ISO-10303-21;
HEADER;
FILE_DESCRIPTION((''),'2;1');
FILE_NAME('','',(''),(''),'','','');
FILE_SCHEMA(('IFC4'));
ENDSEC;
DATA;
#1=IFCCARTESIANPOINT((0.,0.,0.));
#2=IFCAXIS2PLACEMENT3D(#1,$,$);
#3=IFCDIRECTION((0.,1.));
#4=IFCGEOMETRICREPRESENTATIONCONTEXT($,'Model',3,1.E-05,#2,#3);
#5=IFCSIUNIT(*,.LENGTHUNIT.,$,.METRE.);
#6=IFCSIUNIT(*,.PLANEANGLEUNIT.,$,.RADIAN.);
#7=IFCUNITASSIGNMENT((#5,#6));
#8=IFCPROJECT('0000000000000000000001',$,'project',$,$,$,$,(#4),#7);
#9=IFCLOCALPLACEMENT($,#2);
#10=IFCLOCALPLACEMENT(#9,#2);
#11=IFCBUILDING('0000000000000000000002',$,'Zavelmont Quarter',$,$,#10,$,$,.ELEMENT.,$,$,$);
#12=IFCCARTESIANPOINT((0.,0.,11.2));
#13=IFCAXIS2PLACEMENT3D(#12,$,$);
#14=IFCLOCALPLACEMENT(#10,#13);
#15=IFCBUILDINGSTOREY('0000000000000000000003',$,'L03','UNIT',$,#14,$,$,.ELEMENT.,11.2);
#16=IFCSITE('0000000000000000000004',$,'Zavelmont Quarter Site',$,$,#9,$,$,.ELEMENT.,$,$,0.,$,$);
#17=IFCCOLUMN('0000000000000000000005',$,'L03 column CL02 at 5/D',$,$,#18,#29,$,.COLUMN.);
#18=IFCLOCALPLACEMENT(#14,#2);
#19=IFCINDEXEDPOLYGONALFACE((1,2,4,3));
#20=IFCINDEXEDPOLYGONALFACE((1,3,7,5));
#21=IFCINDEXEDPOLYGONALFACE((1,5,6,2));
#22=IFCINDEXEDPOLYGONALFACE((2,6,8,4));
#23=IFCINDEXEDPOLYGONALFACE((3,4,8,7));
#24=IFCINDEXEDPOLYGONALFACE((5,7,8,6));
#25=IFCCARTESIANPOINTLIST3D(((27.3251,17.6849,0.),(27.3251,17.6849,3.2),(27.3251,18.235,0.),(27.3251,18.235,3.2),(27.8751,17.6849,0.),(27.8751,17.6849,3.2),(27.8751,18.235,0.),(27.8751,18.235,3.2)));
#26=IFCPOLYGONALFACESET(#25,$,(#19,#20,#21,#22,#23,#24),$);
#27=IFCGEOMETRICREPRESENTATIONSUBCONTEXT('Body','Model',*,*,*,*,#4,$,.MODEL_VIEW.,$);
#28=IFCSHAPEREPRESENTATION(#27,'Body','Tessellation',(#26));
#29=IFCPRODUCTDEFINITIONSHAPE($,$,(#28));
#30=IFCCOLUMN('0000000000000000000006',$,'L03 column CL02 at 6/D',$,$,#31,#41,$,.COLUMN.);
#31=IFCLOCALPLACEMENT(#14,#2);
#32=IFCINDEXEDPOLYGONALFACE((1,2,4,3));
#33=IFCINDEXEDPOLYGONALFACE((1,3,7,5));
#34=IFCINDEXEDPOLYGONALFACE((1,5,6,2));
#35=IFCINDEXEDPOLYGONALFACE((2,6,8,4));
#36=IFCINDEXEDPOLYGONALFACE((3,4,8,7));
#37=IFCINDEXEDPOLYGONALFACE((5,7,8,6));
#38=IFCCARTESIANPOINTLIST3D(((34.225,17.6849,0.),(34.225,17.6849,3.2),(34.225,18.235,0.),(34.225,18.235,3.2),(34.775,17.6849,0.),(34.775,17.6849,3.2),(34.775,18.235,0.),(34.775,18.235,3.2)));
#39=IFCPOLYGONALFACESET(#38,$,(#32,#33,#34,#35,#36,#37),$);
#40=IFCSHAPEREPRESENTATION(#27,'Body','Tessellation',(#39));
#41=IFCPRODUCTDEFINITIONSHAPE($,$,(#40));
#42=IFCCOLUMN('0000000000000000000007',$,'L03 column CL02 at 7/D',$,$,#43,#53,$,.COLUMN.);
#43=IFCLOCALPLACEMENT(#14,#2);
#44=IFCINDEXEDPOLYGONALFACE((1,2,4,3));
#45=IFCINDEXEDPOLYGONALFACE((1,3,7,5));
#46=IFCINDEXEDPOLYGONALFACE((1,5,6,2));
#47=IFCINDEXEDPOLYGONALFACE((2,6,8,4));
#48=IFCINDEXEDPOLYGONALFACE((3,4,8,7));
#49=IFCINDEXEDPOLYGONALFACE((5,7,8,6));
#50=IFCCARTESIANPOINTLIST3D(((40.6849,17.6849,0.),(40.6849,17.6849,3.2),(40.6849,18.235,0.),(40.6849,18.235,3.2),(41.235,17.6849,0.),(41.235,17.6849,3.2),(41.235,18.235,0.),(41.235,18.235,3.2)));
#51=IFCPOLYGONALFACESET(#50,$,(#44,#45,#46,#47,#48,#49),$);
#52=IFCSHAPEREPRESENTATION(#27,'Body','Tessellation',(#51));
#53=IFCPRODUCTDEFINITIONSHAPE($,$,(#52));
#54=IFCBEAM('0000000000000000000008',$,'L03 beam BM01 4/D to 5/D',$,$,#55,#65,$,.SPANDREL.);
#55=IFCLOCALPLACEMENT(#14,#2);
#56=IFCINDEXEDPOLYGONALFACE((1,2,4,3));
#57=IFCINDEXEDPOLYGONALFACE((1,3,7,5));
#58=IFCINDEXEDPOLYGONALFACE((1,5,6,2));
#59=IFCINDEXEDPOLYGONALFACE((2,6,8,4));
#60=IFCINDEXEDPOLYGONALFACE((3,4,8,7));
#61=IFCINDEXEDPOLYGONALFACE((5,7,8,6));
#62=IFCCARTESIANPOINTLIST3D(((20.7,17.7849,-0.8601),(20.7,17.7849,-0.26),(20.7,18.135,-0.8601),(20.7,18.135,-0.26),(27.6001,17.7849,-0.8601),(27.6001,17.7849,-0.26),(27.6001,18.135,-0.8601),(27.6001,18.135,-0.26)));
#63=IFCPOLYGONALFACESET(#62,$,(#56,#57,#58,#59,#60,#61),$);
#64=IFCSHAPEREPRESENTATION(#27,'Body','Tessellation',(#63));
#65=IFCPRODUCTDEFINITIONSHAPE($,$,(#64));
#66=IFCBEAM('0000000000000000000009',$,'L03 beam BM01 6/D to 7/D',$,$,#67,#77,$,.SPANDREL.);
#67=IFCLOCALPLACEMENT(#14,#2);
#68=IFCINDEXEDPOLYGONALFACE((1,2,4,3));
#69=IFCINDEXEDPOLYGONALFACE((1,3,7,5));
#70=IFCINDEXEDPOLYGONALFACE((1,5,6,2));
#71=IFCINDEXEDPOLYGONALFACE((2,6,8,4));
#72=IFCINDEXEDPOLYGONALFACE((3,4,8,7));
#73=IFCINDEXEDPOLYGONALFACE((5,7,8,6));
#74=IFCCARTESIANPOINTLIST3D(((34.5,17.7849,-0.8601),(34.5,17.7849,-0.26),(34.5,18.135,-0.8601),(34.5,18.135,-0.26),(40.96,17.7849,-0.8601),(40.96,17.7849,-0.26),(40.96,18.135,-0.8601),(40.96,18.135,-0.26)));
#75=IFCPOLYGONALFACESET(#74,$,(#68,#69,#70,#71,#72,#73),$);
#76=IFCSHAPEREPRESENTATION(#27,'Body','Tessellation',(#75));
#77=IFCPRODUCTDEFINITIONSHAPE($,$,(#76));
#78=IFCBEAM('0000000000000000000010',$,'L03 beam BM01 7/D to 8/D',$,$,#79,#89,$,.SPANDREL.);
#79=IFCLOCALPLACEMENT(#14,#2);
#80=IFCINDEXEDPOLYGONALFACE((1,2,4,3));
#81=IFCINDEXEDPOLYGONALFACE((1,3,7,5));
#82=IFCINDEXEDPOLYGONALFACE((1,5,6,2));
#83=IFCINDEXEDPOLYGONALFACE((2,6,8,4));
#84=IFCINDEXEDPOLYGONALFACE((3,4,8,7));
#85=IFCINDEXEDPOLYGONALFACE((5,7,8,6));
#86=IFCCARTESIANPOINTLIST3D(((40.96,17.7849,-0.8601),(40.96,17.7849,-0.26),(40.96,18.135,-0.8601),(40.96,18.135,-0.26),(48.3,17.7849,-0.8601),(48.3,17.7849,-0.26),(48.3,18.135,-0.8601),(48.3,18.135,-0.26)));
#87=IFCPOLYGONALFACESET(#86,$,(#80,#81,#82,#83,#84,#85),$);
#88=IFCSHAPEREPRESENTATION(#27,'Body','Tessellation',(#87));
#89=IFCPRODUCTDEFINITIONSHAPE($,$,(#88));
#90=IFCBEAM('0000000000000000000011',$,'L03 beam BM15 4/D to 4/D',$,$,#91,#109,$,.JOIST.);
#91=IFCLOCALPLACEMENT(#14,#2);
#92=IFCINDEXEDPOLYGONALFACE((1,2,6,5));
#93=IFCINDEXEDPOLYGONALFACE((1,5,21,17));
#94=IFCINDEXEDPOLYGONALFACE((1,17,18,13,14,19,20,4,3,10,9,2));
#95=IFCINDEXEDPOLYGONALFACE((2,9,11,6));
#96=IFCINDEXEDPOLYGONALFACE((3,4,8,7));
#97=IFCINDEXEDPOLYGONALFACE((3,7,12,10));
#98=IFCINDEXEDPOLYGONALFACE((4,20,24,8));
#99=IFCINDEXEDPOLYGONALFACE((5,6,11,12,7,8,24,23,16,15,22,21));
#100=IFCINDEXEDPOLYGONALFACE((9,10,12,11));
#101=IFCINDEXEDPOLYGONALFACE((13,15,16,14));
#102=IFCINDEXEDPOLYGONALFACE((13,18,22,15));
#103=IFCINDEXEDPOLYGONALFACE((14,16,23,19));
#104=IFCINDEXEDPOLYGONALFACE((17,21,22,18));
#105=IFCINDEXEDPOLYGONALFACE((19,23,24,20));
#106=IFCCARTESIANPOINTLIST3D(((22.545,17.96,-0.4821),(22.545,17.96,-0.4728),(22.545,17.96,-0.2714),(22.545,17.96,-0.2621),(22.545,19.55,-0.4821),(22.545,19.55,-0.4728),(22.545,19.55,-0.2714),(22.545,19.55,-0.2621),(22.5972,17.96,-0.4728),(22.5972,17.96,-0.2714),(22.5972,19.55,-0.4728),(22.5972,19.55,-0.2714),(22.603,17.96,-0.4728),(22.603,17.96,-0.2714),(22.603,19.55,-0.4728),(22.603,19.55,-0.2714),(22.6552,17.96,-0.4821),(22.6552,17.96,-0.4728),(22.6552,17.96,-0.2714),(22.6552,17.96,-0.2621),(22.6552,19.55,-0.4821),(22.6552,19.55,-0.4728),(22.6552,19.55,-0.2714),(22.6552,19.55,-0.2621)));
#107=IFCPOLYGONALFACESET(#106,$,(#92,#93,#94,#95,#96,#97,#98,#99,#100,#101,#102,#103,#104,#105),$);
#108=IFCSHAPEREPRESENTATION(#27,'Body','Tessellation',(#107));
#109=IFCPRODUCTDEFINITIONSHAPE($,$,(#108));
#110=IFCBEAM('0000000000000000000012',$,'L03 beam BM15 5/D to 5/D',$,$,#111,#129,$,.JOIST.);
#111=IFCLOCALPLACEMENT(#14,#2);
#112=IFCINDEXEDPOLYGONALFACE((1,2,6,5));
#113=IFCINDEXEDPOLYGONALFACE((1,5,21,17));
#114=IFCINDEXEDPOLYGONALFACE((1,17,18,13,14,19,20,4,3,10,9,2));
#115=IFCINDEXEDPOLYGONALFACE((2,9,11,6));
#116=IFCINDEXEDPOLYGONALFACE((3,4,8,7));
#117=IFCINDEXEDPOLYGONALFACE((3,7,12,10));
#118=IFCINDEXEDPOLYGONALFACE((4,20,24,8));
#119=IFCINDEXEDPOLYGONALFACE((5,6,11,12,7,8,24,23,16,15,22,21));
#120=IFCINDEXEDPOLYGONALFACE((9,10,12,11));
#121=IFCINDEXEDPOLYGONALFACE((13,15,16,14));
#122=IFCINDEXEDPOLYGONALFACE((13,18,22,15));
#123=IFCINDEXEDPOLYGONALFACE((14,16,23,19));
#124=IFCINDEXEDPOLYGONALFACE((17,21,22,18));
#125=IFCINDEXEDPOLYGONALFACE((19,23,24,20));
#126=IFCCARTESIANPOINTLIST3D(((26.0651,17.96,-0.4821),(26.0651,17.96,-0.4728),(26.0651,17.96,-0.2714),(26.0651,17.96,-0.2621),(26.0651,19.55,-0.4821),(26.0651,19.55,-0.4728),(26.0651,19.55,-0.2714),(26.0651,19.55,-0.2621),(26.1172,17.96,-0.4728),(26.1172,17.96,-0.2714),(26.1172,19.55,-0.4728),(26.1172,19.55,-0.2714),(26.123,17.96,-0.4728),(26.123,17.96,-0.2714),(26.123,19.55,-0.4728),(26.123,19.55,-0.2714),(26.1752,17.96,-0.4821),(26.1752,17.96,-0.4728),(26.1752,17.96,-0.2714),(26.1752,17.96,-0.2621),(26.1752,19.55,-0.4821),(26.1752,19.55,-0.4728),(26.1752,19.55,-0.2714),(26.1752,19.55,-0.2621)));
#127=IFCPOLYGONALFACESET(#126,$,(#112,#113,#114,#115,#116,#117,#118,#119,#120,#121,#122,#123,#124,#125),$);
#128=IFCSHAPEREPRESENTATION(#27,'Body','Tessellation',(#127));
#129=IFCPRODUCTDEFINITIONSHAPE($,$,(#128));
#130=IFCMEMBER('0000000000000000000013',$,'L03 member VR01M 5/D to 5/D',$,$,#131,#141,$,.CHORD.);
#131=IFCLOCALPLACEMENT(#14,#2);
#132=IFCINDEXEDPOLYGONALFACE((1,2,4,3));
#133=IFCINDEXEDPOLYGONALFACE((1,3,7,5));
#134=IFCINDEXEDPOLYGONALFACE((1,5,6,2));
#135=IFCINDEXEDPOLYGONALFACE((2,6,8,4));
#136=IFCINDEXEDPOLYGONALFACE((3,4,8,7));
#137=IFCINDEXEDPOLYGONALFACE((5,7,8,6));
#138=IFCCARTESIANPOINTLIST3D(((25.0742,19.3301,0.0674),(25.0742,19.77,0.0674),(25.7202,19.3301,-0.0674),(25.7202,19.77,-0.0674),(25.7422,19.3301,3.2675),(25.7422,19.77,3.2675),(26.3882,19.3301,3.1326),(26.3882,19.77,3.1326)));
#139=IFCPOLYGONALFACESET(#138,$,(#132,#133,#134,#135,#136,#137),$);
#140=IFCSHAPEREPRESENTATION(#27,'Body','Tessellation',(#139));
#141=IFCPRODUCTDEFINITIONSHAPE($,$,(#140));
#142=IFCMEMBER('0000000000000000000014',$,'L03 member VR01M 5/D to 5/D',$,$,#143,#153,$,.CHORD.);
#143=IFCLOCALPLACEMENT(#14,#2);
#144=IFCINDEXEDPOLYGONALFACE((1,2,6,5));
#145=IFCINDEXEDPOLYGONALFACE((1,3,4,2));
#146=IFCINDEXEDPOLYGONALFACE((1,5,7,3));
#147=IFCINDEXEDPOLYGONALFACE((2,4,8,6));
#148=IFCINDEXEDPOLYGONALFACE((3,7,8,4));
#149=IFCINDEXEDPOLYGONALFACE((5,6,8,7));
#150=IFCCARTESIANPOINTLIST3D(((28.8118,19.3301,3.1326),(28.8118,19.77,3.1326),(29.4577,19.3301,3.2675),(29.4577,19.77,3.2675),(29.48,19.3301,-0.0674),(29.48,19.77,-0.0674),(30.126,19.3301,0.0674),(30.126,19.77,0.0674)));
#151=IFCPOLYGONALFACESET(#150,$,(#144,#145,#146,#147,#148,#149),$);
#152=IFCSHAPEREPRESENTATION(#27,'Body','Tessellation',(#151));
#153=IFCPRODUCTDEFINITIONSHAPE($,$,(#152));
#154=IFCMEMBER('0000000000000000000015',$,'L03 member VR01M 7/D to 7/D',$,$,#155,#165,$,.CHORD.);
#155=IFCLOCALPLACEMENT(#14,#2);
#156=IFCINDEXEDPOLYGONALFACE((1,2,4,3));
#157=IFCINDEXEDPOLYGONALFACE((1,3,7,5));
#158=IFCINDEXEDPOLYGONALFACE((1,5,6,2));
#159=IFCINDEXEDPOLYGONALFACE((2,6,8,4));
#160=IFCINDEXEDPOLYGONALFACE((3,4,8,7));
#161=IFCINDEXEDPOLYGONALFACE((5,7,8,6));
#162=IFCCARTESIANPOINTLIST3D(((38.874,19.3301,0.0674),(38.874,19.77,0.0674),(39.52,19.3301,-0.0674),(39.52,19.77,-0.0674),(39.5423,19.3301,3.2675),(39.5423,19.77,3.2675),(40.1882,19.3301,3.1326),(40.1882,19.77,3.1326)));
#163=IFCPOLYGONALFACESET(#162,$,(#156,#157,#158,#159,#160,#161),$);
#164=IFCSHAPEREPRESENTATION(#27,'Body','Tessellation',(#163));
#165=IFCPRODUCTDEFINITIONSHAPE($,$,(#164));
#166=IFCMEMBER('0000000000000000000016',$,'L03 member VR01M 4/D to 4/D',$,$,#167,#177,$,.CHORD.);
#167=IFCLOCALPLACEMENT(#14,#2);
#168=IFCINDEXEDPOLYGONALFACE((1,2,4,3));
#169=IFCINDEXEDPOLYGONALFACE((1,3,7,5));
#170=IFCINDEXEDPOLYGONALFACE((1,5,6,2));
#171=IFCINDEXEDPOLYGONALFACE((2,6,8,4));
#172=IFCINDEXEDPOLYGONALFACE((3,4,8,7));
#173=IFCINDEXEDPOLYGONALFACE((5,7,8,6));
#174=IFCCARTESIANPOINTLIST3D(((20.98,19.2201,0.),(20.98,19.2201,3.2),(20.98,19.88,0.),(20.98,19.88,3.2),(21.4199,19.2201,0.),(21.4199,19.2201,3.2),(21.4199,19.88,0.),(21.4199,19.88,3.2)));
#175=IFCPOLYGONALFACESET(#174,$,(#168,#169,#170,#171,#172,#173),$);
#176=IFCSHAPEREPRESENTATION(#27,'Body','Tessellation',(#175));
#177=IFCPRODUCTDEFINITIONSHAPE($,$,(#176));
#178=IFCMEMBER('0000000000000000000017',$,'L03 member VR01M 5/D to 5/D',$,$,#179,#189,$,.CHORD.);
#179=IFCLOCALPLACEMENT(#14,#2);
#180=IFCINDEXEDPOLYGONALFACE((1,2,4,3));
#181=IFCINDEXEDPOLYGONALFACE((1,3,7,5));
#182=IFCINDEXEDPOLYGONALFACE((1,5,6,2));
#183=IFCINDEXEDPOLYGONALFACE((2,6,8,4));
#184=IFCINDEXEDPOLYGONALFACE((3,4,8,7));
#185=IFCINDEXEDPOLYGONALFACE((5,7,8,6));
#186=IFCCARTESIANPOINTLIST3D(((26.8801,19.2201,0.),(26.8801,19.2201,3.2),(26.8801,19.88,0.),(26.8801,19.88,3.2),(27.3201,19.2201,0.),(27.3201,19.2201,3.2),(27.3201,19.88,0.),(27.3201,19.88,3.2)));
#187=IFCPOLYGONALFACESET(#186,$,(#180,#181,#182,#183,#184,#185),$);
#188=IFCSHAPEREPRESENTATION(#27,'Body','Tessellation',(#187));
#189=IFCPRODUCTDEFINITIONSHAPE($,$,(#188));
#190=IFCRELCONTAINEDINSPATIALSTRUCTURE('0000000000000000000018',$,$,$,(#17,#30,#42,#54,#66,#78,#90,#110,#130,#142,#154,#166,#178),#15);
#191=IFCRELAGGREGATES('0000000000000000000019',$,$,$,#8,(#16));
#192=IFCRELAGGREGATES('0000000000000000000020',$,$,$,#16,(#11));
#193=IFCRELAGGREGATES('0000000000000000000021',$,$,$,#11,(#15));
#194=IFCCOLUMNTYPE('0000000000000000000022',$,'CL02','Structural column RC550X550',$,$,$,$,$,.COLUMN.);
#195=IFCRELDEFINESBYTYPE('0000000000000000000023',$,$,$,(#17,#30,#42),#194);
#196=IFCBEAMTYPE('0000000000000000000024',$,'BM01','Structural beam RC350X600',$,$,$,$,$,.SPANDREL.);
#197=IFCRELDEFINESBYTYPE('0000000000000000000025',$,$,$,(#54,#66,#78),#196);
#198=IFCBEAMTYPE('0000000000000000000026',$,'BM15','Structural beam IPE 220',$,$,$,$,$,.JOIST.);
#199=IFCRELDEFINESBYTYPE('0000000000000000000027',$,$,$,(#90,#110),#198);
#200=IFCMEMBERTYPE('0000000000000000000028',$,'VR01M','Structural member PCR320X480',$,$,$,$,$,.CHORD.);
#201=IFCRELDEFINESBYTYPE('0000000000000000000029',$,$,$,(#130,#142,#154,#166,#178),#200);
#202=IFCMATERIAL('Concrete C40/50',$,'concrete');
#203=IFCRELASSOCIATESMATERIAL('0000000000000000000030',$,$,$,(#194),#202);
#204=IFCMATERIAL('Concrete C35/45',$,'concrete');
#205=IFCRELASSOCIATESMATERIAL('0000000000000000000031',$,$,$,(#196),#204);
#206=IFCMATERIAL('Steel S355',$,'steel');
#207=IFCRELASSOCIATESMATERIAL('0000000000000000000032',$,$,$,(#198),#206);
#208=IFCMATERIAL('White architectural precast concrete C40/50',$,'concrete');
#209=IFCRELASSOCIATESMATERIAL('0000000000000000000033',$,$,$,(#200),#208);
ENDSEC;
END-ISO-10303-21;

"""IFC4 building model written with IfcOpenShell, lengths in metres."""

from ifc_helpers import new_model, si_unit, direction, frame, origin, origin_2d, place, context, subcontext, project, spatial, rectangle, i_section, extrude, material, material_profile, profile_set, type_object, element, save


model = new_model("IFC4")

# Units and contexts
model_context = context("Model", 3, precision=1e-05, world=origin(), true_north=direction((0.0, 1.0)))
body_context = subcontext(model_context, "Body", "Model", "MODEL_VIEW")
ifc_project = project(units=[si_unit("LENGTHUNIT", "METRE"), si_unit("PLANEANGLEUNIT", "RADIAN")], contexts=[model_context])

# Site, building, storey
site_placement = place(None, origin())
site = spatial("IfcSite", under=ifc_project, at=site_placement, Name="Zavelmont Quarter Site", CompositionType="ELEMENT", RefElevation=0.0)
building_placement = place(site_placement, origin())
building = spatial("IfcBuilding", under=site, at=building_placement, Name="Zavelmont Quarter", CompositionType="ELEMENT")
storey_placement = place(building_placement, frame((0.0, 0.0, 11.2)))
storey = spatial("IfcBuildingStorey", under=building, at=storey_placement, Name="L03", Description="UNIT", CompositionType="ELEMENT", Elevation=11.2)

# Columns
ifc_material_1 = material(Name="Concrete C40/50", Category="concrete")
ifc_material_profile_1 = material_profile(ifc_material_1, rectangle(XDim=0.55, YDim=0.55, at=origin_2d()), Name="RC550X550")
ifc_profile_set_1 = profile_set([ifc_material_profile_1], Name="Concrete C40/50")
column_type = type_object("IfcColumnType", Name="CL02", Description="Structural column RC550X550", PredefinedType="COLUMN", material=ifc_profile_set_1)
for number, where, z_axis, x_axis, name in (
    (1, (27.6001, 17.96, 0.0), (0.0, 0.0, 1.0), (1.0, 0.0, 0.0), "L03 column CL02 at 5/D"),
    (2, (34.5, 17.96, 0.0), (0.0, 0.0, 1.0), (1.0, 0.0, 0.0), "L03 column CL02 at 6/D"),
    (3, (40.96, 17.96, 0.0), (0.0, 0.0, 1.0), (1.0, 0.0, 0.0), "L03 column CL02 at 7/D"),
):
    element("IfcColumn", number, at=place(storey_placement, frame(where, z_axis=z_axis, x_axis=x_axis)), inside=storey, type_object=column_type, Name=name, PredefinedType="COLUMN", context=body_context, shape_type="SweptSolid", body=[
        extrude(rectangle(XDim=0.55, YDim=0.55, at=origin_2d()), origin(), (0.0, 0.0, 1.0), 3.2),
    ])

# Beams
ifc_material_2 = material(Name="Concrete C35/45", Category="concrete")
ifc_material_profile_2 = material_profile(ifc_material_2, rectangle(XDim=0.3501, YDim=0.6001, at=origin_2d()), Name="RC350X600")
ifc_profile_set_2 = profile_set([ifc_material_profile_2], Name="Concrete C35/45")
beam_type_1 = type_object("IfcBeamType", Name="BM01", Description="Structural beam RC350X600", PredefinedType="SPANDREL", material=ifc_profile_set_2)
beam_1_placement = place(storey_placement, frame((20.7, 17.96, -0.5601), z_axis=(1.0, 0.0, 0.0), x_axis=(0.0, 1.0, 0.0)))
element("IfcBeam", 4, at=beam_1_placement, inside=storey, type_object=beam_type_1, Name="L03 beam BM01 4/D to 5/D", PredefinedType="SPANDREL", context=body_context, shape_type="SweptSolid", body=[
    extrude(rectangle(XDim=0.3501, YDim=0.6001, at=origin_2d()), origin(), (0.0, 0.0, 1.0), 6.9001),
])
beam_2_placement = place(storey_placement, frame((34.5, 17.96, -0.5601), z_axis=(1.0, 0.0, 0.0), x_axis=(0.0, 1.0, 0.0)))
element("IfcBeam", 5, at=beam_2_placement, inside=storey, type_object=beam_type_1, Name="L03 beam BM01 6/D to 7/D", PredefinedType="SPANDREL", context=body_context, shape_type="SweptSolid", body=[
    extrude(rectangle(XDim=0.3501, YDim=0.6001, at=origin_2d()), origin(), (0.0, 0.0, 1.0), 6.46),
])
beam_3_placement = place(storey_placement, frame((40.96, 17.96, -0.5601), z_axis=(1.0, 0.0, 0.0), x_axis=(0.0, 1.0, 0.0)))
element("IfcBeam", 6, at=beam_3_placement, inside=storey, type_object=beam_type_1, Name="L03 beam BM01 7/D to 8/D", PredefinedType="SPANDREL", context=body_context, shape_type="SweptSolid", body=[
    extrude(rectangle(XDim=0.3501, YDim=0.6001, at=origin_2d()), origin(), (0.0, 0.0, 1.0), 7.3401),
])
ifc_material_3 = material(Name="Steel S355", Category="steel")
ifc_material_profile_3 = material_profile(ifc_material_3, i_section(OverallWidth=0.1101, OverallDepth=0.22, WebThickness=0.0059, FlangeThickness=0.0093, at=origin_2d()), Name="IPE 220")
ifc_profile_set_3 = profile_set([ifc_material_profile_3], Name="Steel S355")
beam_type_2 = type_object("IfcBeamType", Name="BM15", Description="Structural beam IPE 220", PredefinedType="JOIST", material=ifc_profile_set_3)
for number, where, z_axis, x_axis, name in (
    (7, (22.6001, 17.96, -0.3721), (0.0, 1.0, 0.0), (-1.0, 0.0, 0.0), "L03 beam BM15 4/D to 4/D"),
    (8, (26.1201, 17.96, -0.3721), (0.0, 1.0, 0.0), (-1.0, 0.0, 0.0), "L03 beam BM15 5/D to 5/D"),
):
    element("IfcBeam", number, at=place(storey_placement, frame(where, z_axis=z_axis, x_axis=x_axis)), inside=storey, type_object=beam_type_2, Name=name, PredefinedType="JOIST", context=body_context, shape_type="SweptSolid", body=[
        extrude(i_section(OverallWidth=0.1101, OverallDepth=0.22, WebThickness=0.0059, FlangeThickness=0.0093, at=origin_2d()), origin(), (0.0, 0.0, 1.0), 1.5901),
    ])

# Members
ifc_material_4 = material(Name="White architectural precast concrete C40/50", Category="concrete")
ifc_material_profile_4 = material_profile(ifc_material_4, rectangle(XDim=0.4399, YDim=0.6599, at=origin_2d()), Name="PCR320X480")
ifc_profile_set_4 = profile_set([ifc_material_profile_4], Name="White architectural precast concrete C40/50")
member_type = type_object("IfcMemberType", Name="VR01M", Description="Structural member PCR320X480", PredefinedType="CHORD", material=ifc_profile_set_4)
for number, where, z_axis, x_axis, name in (
    (9, (25.3972, 19.55, 0.0), (0.204339, 0.0, 0.9789), (0.0, 1.0, 0.0), "L03 member VR01M 5/D to 5/D"),
    (10, (29.803, 19.55, 0.0), (-0.204411, 0.0, 0.978885), (0.0, -1.0, 0.0), "L03 member VR01M 5/D to 5/D"),
    (11, (39.197, 19.55, 0.0), (0.204411, 0.0, 0.978885), (0.0, 1.0, 0.0), "L03 member VR01M 7/D to 7/D"),
):
    element("IfcMember", number, at=place(storey_placement, frame(where, z_axis=z_axis, x_axis=x_axis)), inside=storey, type_object=member_type, Name=name, PredefinedType="CHORD", context=body_context, shape_type="SweptSolid", body=[
        extrude(rectangle(XDim=0.4399, YDim=0.6599, at=origin_2d()), origin(), (0.0, 0.0, 1.0), 3.269),
    ])
for number, where, z_axis, x_axis, name in (
    (12, (21.2, 19.55, 0.0), (0.0, 0.0, 1.0), (1.0, 0.0, 0.0), "L03 member VR01M 4/D to 4/D"),
    (13, (27.1001, 19.55, 0.0), (0.0, 0.0, 1.0), (1.0, 0.0, 0.0), "L03 member VR01M 5/D to 5/D"),
):
    element("IfcMember", number, at=place(storey_placement, frame(where, z_axis=z_axis, x_axis=x_axis)), inside=storey, type_object=member_type, Name=name, PredefinedType="CHORD", context=body_context, shape_type="SweptSolid", body=[
        extrude(rectangle(XDim=0.4399, YDim=0.6599, at=origin_2d()), origin(), (0.0, 0.0, 1.0), 3.2),
    ])

save(model, "model.ifc")
